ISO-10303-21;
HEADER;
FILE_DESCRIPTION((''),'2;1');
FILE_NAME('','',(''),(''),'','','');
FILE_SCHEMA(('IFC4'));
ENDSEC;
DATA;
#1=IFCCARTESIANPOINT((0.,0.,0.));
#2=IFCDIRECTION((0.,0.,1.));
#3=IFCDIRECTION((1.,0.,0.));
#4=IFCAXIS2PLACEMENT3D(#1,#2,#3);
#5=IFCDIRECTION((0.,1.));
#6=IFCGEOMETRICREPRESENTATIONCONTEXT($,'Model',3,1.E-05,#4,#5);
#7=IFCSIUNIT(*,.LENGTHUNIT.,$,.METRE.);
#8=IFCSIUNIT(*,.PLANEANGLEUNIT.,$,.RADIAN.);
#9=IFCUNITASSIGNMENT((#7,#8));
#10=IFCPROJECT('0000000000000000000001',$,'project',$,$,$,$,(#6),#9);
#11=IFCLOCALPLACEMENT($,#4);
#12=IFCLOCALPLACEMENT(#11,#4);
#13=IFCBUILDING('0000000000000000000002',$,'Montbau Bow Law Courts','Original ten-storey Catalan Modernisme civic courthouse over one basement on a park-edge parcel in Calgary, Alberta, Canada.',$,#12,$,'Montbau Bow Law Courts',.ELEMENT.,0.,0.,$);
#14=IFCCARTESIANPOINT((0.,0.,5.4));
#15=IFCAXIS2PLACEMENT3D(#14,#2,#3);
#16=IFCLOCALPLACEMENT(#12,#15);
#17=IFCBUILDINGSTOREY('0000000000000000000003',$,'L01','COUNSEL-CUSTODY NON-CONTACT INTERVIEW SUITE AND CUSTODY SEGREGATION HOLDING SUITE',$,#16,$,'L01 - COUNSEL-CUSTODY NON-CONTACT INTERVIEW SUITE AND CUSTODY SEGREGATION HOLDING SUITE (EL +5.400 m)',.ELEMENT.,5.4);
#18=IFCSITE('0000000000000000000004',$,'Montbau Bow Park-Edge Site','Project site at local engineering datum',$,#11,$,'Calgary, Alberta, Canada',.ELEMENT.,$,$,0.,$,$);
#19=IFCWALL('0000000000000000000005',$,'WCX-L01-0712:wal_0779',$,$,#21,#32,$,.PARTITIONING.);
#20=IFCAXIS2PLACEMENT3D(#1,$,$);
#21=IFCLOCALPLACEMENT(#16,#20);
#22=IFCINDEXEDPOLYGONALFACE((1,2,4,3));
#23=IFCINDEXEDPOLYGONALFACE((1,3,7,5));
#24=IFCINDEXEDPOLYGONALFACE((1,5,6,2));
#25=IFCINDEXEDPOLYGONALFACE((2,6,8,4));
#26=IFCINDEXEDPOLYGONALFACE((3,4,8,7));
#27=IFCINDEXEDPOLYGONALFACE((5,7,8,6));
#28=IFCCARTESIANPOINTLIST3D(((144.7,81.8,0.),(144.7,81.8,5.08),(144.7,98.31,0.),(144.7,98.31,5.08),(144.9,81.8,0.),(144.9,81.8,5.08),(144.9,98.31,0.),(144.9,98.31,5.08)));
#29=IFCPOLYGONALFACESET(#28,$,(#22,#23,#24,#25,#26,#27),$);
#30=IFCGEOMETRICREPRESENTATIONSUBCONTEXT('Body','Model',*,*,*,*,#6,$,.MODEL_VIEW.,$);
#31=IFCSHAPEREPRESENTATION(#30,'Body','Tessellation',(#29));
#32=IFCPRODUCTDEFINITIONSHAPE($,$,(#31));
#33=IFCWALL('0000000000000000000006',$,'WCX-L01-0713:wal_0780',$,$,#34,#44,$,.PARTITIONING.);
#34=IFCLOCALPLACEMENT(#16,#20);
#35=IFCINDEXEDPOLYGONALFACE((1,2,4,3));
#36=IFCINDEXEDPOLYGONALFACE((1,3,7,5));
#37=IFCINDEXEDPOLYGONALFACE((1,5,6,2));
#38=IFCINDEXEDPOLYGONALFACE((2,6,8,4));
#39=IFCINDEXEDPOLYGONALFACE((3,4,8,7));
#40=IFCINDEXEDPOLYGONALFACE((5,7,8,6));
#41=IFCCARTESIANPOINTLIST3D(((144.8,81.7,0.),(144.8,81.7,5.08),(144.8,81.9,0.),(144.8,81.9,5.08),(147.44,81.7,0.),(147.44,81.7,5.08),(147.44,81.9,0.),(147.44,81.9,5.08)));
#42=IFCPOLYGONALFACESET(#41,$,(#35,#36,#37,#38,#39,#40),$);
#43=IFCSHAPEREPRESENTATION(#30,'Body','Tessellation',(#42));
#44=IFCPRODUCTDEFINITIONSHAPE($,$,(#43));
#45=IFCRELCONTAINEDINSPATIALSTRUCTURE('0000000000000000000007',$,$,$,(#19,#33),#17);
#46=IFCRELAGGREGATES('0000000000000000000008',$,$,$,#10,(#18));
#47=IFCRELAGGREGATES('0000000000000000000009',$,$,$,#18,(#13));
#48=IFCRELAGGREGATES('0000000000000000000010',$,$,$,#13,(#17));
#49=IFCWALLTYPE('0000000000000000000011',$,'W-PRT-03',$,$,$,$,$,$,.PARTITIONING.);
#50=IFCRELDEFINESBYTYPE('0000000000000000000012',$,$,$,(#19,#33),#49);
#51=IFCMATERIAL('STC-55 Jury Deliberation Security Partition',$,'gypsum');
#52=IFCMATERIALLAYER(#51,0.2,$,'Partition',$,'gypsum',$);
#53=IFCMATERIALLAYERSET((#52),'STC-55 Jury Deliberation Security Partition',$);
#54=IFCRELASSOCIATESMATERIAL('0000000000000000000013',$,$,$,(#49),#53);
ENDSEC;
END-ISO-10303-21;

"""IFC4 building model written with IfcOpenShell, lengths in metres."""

from ifc_helpers import new_model, si_unit, direction, frame, frame_2d, origin_with_axes, place, context, subcontext, project, spatial, rectangle, extrude, material, layer, layer_set, type_object, element, save


model = new_model("IFC4")

# Units and contexts
model_context = context("Model", 3, precision=1e-05, world=origin_with_axes(), true_north=direction((0.0, 1.0)))
body_context = subcontext(model_context, "Body", "Model", "MODEL_VIEW")
ifc_project = project(units=[si_unit("LENGTHUNIT", "METRE"), si_unit("PLANEANGLEUNIT", "RADIAN")], contexts=[model_context])

# Site, building, storey
site_placement = place(None, origin_with_axes())
site = spatial("IfcSite", under=ifc_project, at=site_placement, Name="Montbau Bow Park-Edge Site", Description="Project site at local engineering datum", LongName="Calgary, Alberta, Canada", CompositionType="ELEMENT", RefElevation=0.0)
building_placement = place(site_placement, origin_with_axes())
building = spatial("IfcBuilding", under=site, at=building_placement, Name="Montbau Bow Law Courts", Description="Original ten-storey Catalan Modernisme civic courthouse over one basement on a park-edge parcel in Calgary, Alberta, Canada.", LongName="Montbau Bow Law Courts", CompositionType="ELEMENT", ElevationOfRefHeight=0.0, ElevationOfTerrain=0.0)
storey_placement = place(building_placement, frame((0.0, 0.0, 5.4), z_axis=(0.0, 0.0, 1.0), x_axis=(1.0, 0.0, 0.0)))
storey = spatial("IfcBuildingStorey", under=building, at=storey_placement, Name="L01", Description="COUNSEL-CUSTODY NON-CONTACT INTERVIEW SUITE AND CUSTODY SEGREGATION HOLDING SUITE", LongName="L01 - COUNSEL-CUSTODY NON-CONTACT INTERVIEW SUITE AND CUSTODY SEGREGATION HOLDING SUITE (EL +5.400 m)", CompositionType="ELEMENT", Elevation=5.4)

# Walls
ifc_material_1 = material(Name="STC-55 Jury Deliberation Security Partition", Category="gypsum")
ifc_layer_1 = layer(ifc_material_1, 0.2, Name="Partition", Category="gypsum")
ifc_layer_set_1 = layer_set([ifc_layer_1], Name="STC-55 Jury Deliberation Security Partition")
wall_type_1 = type_object("IfcWallType", Name="W-PRT-03", PredefinedType="PARTITIONING", material=ifc_layer_set_1)
wall_1_placement = place(None, frame((144.8, 81.8, 5.4), z_axis=(0.0, 0.0, 1.0), x_axis=(0.0, 1.0, 0.0)))
element("IfcWall", 1, at=wall_1_placement, inside=storey, type_object=wall_type_1, Name="WCX-L01-0712:wal_0779", PredefinedType="PARTITIONING", context=body_context, shape_type="SweptSolid", body=[
    extrude(rectangle(XDim=16.51, YDim=0.2, at=frame_2d((8.255, 0.0), x_axis=(1.0, 0.0))), origin_with_axes(), (0.0, 0.0, 1.0), 5.08),
])
wall_2_placement = place(None, frame((144.8, 81.8, 5.4), z_axis=(0.0, 0.0, 1.0), x_axis=(1.0, 0.0, 0.0)))
element("IfcWall", 2, at=wall_2_placement, inside=storey, type_object=wall_type_1, Name="WCX-L01-0713:wal_0780", PredefinedType="PARTITIONING", context=body_context, shape_type="SweptSolid", body=[
    extrude(rectangle(XDim=2.64, YDim=0.2, at=frame_2d((1.32, 0.0), x_axis=(1.0, 0.0))), origin_with_axes(), (0.0, 0.0, 1.0), 5.08),
])

save(model, "model.ifc")
